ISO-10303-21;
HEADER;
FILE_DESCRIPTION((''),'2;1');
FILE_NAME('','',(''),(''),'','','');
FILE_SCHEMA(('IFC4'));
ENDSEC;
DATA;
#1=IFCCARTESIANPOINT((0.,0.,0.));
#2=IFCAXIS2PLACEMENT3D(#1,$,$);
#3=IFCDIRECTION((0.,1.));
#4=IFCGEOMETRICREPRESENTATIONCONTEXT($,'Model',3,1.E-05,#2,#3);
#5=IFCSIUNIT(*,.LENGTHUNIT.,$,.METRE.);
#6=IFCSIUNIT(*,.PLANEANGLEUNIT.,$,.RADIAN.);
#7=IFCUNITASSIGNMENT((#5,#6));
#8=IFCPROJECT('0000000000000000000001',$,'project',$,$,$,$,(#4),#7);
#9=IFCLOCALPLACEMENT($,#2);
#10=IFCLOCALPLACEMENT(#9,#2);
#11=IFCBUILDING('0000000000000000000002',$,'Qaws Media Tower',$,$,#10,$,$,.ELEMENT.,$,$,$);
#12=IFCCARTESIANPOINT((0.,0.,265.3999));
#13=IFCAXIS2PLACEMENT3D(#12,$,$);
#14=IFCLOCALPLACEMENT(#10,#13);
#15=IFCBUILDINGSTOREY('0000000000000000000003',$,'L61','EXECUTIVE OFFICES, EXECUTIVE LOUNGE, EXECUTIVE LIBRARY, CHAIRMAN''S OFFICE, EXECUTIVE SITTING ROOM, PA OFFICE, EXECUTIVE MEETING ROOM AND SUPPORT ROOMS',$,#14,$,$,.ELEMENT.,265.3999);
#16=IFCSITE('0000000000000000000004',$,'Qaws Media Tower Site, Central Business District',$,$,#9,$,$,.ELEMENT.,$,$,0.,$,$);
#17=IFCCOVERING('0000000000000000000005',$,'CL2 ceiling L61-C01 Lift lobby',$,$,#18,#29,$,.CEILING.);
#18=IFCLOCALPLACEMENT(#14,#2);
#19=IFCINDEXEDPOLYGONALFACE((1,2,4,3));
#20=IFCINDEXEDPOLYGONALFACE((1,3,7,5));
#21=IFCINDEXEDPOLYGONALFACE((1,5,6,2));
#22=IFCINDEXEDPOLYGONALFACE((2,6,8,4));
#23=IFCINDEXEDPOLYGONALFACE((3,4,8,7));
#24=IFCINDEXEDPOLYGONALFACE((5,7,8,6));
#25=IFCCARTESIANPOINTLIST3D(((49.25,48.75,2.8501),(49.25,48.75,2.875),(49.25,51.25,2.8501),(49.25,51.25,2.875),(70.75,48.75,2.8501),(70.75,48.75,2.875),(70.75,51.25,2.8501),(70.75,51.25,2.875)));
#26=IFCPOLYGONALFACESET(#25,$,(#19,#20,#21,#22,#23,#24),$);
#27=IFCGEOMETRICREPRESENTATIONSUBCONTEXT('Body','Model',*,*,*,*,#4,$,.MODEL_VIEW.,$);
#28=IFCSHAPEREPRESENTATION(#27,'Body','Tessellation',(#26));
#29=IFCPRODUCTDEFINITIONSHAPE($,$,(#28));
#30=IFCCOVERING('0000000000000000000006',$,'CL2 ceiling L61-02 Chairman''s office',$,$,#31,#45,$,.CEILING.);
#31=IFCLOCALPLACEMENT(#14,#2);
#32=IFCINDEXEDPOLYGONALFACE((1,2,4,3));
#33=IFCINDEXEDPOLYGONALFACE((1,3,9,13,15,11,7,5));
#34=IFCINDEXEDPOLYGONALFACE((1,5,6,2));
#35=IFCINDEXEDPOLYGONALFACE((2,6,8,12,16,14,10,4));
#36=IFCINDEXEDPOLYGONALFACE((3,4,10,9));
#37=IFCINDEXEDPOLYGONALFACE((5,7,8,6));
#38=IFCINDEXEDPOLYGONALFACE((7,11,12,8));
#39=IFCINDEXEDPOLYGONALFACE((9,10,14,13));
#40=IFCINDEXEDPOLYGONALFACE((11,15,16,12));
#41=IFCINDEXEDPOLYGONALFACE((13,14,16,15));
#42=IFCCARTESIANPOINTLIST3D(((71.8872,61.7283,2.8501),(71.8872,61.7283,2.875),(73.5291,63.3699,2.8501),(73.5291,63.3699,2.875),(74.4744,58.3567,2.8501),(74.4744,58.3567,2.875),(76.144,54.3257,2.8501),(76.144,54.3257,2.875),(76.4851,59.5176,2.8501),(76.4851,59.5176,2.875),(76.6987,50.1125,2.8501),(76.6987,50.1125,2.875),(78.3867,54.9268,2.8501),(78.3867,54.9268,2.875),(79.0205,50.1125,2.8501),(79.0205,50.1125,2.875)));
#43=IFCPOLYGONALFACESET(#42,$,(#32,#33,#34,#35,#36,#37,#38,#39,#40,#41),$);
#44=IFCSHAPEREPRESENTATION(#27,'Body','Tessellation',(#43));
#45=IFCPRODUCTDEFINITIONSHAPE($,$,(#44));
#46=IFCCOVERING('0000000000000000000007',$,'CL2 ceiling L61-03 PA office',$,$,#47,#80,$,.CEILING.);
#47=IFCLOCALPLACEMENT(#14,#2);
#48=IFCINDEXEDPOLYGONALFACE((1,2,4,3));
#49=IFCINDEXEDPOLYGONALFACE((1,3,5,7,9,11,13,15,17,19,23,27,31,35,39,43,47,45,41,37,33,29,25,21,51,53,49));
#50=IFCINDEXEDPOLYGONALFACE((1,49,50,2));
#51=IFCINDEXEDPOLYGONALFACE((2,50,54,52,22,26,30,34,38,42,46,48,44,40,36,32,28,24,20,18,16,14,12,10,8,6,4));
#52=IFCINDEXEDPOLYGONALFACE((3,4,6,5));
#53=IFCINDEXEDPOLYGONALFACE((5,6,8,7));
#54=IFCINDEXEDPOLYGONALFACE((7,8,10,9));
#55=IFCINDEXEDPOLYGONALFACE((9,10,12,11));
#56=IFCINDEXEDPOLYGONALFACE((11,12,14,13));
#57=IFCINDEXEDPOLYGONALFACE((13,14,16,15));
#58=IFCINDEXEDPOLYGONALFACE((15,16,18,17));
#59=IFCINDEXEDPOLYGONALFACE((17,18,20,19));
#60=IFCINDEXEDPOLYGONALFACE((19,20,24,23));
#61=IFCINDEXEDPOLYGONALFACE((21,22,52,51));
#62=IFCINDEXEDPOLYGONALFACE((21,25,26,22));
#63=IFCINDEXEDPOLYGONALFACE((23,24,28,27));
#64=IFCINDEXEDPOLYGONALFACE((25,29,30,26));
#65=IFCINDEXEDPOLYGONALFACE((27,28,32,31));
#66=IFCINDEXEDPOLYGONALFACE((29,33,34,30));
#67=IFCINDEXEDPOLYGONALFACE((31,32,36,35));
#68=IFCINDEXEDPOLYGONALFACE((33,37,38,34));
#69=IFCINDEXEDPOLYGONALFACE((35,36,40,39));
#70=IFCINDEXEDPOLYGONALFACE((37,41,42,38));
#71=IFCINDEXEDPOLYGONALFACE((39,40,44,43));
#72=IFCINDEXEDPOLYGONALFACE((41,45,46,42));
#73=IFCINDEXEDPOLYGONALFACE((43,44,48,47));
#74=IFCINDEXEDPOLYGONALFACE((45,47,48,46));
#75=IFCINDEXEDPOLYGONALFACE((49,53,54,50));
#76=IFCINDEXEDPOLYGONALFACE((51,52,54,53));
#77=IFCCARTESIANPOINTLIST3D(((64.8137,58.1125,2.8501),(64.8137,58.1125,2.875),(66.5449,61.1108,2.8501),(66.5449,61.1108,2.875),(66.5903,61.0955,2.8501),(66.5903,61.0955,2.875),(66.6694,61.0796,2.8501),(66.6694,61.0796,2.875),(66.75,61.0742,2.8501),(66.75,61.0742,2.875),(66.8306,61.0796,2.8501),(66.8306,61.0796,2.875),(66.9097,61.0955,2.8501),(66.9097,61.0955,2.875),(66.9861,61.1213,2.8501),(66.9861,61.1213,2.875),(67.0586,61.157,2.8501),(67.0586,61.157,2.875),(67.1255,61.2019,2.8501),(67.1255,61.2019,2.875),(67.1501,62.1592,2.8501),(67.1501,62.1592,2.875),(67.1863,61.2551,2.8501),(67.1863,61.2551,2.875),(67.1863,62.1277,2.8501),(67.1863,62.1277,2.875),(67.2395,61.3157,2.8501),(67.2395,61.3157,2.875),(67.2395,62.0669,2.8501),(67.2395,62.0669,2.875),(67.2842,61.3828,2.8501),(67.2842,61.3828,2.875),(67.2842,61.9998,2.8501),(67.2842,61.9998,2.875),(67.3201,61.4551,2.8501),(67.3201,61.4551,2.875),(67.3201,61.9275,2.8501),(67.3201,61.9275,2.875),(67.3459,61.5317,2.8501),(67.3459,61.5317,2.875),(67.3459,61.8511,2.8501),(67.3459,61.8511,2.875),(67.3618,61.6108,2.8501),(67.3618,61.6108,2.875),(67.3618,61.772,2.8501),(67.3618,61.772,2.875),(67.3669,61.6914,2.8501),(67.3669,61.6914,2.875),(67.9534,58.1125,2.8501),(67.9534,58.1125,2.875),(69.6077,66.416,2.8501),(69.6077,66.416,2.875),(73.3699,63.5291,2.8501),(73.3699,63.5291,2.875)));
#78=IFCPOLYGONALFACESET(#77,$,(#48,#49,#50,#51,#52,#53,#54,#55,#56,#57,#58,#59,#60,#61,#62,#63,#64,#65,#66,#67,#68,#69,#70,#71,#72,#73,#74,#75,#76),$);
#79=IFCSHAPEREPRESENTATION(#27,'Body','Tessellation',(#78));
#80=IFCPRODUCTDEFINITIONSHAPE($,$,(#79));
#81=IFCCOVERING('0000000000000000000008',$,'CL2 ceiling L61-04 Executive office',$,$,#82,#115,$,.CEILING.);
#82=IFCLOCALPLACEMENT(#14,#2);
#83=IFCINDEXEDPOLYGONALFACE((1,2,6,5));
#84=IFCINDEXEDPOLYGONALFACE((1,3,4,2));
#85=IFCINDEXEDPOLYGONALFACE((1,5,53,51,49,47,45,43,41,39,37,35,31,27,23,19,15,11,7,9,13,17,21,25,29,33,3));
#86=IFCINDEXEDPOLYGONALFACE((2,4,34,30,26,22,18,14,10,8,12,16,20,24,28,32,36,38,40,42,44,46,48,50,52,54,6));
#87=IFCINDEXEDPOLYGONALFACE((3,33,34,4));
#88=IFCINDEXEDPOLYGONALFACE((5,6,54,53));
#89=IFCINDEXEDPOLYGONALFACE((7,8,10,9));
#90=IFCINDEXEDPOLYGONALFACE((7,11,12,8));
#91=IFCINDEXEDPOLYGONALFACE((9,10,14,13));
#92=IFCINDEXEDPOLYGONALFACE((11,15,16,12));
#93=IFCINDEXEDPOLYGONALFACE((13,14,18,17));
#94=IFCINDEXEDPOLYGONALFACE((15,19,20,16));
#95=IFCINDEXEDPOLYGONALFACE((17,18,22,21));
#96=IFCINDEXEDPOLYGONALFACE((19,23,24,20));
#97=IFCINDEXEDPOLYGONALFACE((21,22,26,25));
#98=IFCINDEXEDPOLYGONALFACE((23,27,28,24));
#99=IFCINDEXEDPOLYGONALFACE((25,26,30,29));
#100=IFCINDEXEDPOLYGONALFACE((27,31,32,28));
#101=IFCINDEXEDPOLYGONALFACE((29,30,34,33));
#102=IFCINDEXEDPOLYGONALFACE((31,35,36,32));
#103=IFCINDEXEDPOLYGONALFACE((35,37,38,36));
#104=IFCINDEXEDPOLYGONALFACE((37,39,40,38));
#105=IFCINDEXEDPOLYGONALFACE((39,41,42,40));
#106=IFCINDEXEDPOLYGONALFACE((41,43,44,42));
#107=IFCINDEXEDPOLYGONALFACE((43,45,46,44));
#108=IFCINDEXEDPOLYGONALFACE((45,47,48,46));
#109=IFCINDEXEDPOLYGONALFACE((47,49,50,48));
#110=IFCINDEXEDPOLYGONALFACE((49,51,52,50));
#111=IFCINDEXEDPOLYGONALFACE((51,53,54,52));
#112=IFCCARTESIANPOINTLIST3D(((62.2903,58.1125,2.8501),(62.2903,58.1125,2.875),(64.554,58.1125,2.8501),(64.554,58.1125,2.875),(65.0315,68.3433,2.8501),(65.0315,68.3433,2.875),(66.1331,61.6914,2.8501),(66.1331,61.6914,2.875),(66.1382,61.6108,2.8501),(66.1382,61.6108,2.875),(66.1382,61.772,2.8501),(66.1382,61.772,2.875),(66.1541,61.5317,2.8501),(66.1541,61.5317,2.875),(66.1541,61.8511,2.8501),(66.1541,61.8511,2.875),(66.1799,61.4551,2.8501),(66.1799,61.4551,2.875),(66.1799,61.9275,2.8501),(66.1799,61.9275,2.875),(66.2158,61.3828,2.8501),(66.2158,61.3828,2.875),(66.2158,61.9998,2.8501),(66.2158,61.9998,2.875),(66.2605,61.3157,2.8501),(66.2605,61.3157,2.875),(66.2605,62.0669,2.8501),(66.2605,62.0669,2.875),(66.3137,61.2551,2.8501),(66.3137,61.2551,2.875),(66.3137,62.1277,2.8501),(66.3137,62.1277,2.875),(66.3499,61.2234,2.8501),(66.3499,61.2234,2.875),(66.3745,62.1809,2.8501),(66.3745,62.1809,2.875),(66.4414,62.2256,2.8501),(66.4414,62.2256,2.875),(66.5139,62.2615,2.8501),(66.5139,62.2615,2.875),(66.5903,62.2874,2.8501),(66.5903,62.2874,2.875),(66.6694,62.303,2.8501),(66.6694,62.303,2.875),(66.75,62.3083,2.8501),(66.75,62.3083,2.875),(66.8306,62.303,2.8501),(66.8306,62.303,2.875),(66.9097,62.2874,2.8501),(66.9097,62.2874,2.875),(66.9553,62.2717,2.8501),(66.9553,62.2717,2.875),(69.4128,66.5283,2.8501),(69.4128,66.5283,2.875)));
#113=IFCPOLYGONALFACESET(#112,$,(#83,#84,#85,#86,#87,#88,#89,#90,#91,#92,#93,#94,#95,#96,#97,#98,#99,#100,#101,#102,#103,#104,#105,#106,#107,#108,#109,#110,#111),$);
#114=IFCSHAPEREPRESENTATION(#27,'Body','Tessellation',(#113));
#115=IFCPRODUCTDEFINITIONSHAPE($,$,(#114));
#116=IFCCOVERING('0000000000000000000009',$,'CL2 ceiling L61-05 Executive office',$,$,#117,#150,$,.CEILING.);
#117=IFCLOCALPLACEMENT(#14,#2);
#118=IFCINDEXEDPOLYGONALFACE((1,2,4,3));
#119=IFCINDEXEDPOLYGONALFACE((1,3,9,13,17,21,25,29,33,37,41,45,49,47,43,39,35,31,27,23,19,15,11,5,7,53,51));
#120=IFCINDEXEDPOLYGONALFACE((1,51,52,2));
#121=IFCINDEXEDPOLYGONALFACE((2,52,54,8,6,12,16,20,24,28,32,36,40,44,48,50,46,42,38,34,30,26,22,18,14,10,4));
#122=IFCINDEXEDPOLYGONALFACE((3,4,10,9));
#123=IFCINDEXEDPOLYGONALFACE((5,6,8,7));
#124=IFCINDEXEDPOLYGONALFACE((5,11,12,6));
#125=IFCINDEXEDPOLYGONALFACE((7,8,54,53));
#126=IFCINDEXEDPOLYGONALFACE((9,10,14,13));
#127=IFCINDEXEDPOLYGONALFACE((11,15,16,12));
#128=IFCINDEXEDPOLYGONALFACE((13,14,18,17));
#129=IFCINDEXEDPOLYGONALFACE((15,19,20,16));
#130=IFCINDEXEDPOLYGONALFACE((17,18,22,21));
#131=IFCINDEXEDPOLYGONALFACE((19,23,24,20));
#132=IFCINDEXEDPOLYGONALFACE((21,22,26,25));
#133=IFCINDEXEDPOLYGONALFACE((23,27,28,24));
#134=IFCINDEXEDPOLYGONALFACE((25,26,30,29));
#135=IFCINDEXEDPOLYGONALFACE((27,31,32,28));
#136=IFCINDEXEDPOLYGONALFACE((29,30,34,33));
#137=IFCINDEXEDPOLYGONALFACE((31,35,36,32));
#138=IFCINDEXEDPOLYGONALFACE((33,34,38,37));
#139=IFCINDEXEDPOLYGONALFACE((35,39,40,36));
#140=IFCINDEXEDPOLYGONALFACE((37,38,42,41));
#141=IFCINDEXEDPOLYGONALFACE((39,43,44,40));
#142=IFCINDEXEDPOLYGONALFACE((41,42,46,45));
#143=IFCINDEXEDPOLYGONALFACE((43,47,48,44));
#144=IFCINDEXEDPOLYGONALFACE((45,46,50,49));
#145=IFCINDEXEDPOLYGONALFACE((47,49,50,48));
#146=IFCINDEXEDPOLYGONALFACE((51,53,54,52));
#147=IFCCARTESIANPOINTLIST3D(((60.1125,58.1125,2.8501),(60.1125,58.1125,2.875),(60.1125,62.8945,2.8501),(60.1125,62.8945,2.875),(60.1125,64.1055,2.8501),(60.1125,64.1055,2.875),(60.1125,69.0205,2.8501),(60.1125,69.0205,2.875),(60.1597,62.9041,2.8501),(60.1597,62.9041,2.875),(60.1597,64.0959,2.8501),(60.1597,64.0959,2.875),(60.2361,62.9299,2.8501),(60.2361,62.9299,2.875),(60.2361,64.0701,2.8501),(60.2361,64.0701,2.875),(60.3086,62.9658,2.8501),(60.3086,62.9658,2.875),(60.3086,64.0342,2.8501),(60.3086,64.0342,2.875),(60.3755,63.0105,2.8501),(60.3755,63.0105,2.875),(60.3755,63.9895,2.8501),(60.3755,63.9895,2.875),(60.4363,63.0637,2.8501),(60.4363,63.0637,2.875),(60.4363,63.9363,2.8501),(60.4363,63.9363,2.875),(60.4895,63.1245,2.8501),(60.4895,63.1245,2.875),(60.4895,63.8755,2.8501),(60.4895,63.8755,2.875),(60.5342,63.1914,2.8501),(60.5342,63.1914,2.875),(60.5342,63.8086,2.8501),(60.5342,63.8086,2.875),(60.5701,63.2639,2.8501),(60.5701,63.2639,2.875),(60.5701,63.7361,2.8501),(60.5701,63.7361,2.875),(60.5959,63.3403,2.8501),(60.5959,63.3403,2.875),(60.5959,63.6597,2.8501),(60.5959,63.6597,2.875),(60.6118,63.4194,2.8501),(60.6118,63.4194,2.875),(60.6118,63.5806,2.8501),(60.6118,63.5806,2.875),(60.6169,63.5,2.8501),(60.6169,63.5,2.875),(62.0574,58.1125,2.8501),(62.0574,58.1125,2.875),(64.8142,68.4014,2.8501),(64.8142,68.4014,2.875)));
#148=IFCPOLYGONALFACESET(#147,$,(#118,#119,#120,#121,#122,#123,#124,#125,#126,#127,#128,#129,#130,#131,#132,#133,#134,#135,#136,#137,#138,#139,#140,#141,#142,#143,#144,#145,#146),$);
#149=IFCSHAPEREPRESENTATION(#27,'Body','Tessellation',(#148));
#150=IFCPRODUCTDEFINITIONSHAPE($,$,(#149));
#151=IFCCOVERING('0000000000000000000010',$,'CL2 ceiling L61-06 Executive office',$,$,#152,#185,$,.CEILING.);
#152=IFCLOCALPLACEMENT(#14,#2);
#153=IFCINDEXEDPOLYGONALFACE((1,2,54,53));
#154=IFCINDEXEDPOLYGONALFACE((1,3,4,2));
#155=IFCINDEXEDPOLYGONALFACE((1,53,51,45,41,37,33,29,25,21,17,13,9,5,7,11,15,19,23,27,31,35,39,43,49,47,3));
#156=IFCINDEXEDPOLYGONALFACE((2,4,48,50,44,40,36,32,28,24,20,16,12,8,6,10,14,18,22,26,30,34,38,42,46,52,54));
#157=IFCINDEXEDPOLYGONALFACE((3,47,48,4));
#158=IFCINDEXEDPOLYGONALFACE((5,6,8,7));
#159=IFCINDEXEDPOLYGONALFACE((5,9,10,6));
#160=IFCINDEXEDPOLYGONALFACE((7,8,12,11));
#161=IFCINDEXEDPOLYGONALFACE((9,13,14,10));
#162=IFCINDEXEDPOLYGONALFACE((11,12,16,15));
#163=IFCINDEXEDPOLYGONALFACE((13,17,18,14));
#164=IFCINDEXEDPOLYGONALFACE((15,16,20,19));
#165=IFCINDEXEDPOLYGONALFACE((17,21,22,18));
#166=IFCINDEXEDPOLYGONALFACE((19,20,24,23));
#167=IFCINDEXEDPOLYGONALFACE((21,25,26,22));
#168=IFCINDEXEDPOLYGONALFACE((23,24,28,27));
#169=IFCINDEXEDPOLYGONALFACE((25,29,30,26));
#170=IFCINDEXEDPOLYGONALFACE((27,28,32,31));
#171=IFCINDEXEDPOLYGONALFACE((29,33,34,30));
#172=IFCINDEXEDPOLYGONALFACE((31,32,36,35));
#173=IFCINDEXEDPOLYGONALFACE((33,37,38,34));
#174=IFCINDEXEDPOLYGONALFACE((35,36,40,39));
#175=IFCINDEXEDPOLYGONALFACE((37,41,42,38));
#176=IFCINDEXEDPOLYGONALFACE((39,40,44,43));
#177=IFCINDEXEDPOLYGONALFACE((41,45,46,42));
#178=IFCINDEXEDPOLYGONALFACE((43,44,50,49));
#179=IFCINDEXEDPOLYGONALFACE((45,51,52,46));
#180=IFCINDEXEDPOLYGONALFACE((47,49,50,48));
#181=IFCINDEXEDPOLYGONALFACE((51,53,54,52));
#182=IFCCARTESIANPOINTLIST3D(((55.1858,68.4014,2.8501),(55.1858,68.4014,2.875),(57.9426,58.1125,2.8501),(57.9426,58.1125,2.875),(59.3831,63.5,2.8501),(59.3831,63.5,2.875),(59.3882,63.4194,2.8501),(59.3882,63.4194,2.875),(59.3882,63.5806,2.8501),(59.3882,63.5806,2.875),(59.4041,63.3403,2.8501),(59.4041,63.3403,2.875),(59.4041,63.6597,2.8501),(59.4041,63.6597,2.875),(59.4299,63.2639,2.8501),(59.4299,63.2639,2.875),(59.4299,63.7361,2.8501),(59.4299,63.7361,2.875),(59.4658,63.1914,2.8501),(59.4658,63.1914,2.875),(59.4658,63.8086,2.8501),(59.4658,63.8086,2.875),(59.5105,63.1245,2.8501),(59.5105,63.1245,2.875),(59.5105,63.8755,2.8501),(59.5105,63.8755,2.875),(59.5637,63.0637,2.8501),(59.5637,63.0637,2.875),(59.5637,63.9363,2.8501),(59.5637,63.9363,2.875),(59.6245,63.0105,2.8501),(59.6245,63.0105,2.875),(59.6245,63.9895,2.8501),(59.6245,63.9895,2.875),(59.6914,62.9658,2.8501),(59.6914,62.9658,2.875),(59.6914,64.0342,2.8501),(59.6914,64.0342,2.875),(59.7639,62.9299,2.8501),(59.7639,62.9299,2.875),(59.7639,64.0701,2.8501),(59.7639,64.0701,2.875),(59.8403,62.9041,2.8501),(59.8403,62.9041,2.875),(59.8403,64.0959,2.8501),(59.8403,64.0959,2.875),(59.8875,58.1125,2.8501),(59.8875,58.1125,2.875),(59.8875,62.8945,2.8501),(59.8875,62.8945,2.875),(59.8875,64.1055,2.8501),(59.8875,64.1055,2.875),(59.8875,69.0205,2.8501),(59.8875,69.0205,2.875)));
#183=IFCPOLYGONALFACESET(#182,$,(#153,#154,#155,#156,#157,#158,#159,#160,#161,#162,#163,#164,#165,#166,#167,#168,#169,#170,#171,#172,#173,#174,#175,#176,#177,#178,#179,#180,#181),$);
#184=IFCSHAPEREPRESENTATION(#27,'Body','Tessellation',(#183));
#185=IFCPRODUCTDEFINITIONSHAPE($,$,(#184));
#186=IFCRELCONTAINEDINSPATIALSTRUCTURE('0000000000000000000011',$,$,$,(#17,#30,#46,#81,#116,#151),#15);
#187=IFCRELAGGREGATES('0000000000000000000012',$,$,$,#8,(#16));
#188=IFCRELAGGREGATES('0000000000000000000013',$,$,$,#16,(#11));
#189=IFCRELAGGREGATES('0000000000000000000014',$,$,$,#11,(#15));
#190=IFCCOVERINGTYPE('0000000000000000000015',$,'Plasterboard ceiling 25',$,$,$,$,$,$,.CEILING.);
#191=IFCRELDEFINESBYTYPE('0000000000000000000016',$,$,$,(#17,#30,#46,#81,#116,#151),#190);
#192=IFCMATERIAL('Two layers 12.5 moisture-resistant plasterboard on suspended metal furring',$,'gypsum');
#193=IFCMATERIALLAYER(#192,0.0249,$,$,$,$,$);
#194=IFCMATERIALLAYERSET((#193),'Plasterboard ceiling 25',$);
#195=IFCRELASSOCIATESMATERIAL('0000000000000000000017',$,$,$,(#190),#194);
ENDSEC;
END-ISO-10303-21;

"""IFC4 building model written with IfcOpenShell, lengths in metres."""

from ifc_helpers import new_model, si_unit, direction, frame, origin, place, context, subcontext, project, spatial, polyline, outline, extrude, material, layer, layer_set, type_object, element, save


model = new_model("IFC4")

# Units and contexts
model_context = context("Model", 3, precision=1e-05, world=origin(), true_north=direction((0.0, 1.0)))
body_context = subcontext(model_context, "Body", "Model", "MODEL_VIEW")
ifc_project = project(units=[si_unit("LENGTHUNIT", "METRE"), si_unit("PLANEANGLEUNIT", "RADIAN")], contexts=[model_context])

# Site, building, storey
site_placement = place(None, origin())
site = spatial("IfcSite", under=ifc_project, at=site_placement, Name="Qaws Media Tower Site, Central Business District", CompositionType="ELEMENT", RefElevation=0.0)
building_placement = place(site_placement, origin())
building = spatial("IfcBuilding", under=site, at=building_placement, Name="Qaws Media Tower", CompositionType="ELEMENT")
storey_placement = place(building_placement, frame((0.0, 0.0, 265.3999)))
storey = spatial("IfcBuildingStorey", under=building, at=storey_placement, Name="L61", Description="EXECUTIVE OFFICES, EXECUTIVE LOUNGE, EXECUTIVE LIBRARY, CHAIRMAN'S OFFICE, EXECUTIVE SITTING ROOM, PA OFFICE, EXECUTIVE MEETING ROOM AND SUPPORT ROOMS", CompositionType="ELEMENT", Elevation=265.3999)

# Coverings
ifc_material_1 = material(Name="Two layers 12.5 moisture-resistant plasterboard on suspended metal furring", Category="gypsum")
ifc_layer_1 = layer(ifc_material_1, 0.0249)
ifc_layer_set_1 = layer_set([ifc_layer_1], Name="Plasterboard ceiling 25")
covering_type_1 = type_object("IfcCoveringType", Name="Plasterboard ceiling 25", PredefinedType="CEILING", material=ifc_layer_set_1)
covering_1_placement = place(storey_placement, frame((0.0, 0.0, 2.8501)))
element("IfcCovering", 1, at=covering_1_placement, inside=storey, type_object=covering_type_1, Name="CL2 ceiling L61-C01 Lift lobby", PredefinedType="CEILING", context=body_context, shape_type="SweptSolid", body=[
    extrude(outline(polyline([(49.25, 48.75), (49.25, 51.25), (70.75, 51.25), (70.75, 48.75), (49.25, 48.75)])), origin(), (0.0, 0.0, 1.0), 0.0249),
])
covering_2_placement = place(storey_placement, frame((0.0, 0.0, 2.8501)))
element("IfcCovering", 2, at=covering_2_placement, inside=storey, type_object=covering_type_1, Name="CL2 ceiling L61-02 Chairman's office", PredefinedType="CEILING", context=body_context, shape_type="SweptSolid", body=[
    extrude(outline(polyline([(76.4851, 59.5176), (78.3867, 54.9268), (79.0205, 50.1125), (76.6987, 50.1125), (76.144, 54.3257), (74.4744, 58.3567), (71.8872, 61.7283), (73.5291, 63.3699), (76.4851, 59.5176)])), origin(), (0.0, 0.0, 1.0), 0.0249),
])
covering_3_placement = place(storey_placement, frame((0.0, 0.0, 2.8501)))
element("IfcCovering", 3, at=covering_3_placement, inside=storey, type_object=covering_type_1, Name="CL2 ceiling L61-03 PA office", PredefinedType="CEILING", context=body_context, shape_type="SweptSolid", body=[
    extrude(outline(polyline([(73.3699, 63.5291), (67.9534, 58.1125), (64.8137, 58.1125), (66.5449, 61.1108), (66.5903, 61.0955), (66.6694, 61.0796), (66.75, 61.0742), (66.8306, 61.0796), (66.9097, 61.0955), (66.9861, 61.1213), (67.0586, 61.157), (67.1255, 61.2019), (67.1863, 61.2551), (67.2395, 61.3157), (67.2842, 61.3828), (67.3201, 61.4551), (67.3459, 61.5317), (67.3618, 61.6108), (67.3669, 61.6914), (67.3618, 61.772), (67.3459, 61.8511), (67.3201, 61.9275), (67.2842, 61.9998), (67.2395, 62.0669), (67.1863, 62.1277), (67.1501, 62.1592), (69.6077, 66.416), (73.3699, 63.5291)])), origin(), (0.0, 0.0, 1.0), 0.0249),
])
covering_4_placement = place(storey_placement, frame((0.0, 0.0, 2.8501)))
element("IfcCovering", 4, at=covering_4_placement, inside=storey, type_object=covering_type_1, Name="CL2 ceiling L61-04 Executive office", PredefinedType="CEILING", context=body_context, shape_type="SweptSolid", body=[
    extrude(outline(polyline([(69.4128, 66.5283), (66.9553, 62.2717), (66.9097, 62.2874), (66.8306, 62.303), (66.75, 62.3083), (66.6694, 62.303), (66.5903, 62.2874), (66.5139, 62.2615), (66.4414, 62.2256), (66.3745, 62.1809), (66.3137, 62.1277), (66.2605, 62.0669), (66.2158, 61.9998), (66.1799, 61.9275), (66.1541, 61.8511), (66.1382, 61.772), (66.1331, 61.6914), (66.1382, 61.6108), (66.1541, 61.5317), (66.1799, 61.4551), (66.2158, 61.3828), (66.2605, 61.3157), (66.3137, 61.2551), (66.3499, 61.2234), (64.554, 58.1125), (62.2903, 58.1125), (65.0315, 68.3433), (69.4128, 66.5283)])), origin(), (0.0, 0.0, 1.0), 0.0249),
])
covering_5_placement = place(storey_placement, frame((0.0, 0.0, 2.8501)))
element("IfcCovering", 5, at=covering_5_placement, inside=storey, type_object=covering_type_1, Name="CL2 ceiling L61-05 Executive office", PredefinedType="CEILING", context=body_context, shape_type="SweptSolid", body=[
    extrude(outline(polyline([(64.8142, 68.4014), (62.0574, 58.1125), (60.1125, 58.1125), (60.1125, 62.8945), (60.1597, 62.9041), (60.2361, 62.9299), (60.3086, 62.9658), (60.3755, 63.0105), (60.4363, 63.0637), (60.4895, 63.1245), (60.5342, 63.1914), (60.5701, 63.2639), (60.5959, 63.3403), (60.6118, 63.4194), (60.6169, 63.5), (60.6118, 63.5806), (60.5959, 63.6597), (60.5701, 63.7361), (60.5342, 63.8086), (60.4895, 63.8755), (60.4363, 63.9363), (60.3755, 63.9895), (60.3086, 64.0342), (60.2361, 64.0701), (60.1597, 64.0959), (60.1125, 64.1055), (60.1125, 69.0205), (64.8142, 68.4014)])), origin(), (0.0, 0.0, 1.0), 0.0249),
])
covering_6_placement = place(storey_placement, frame((0.0, 0.0, 2.8501)))
element("IfcCovering", 6, at=covering_6_placement, inside=storey, type_object=covering_type_1, Name="CL2 ceiling L61-06 Executive office", PredefinedType="CEILING", context=body_context, shape_type="SweptSolid", body=[
    extrude(outline(polyline([(59.8875, 69.0205), (59.8875, 64.1055), (59.8403, 64.0959), (59.7639, 64.0701), (59.6914, 64.0342), (59.6245, 63.9895), (59.5637, 63.9363), (59.5105, 63.8755), (59.4658, 63.8086), (59.4299, 63.7361), (59.4041, 63.6597), (59.3882, 63.5806), (59.3831, 63.5), (59.3882, 63.4194), (59.4041, 63.3403), (59.4299, 63.2639), (59.4658, 63.1914), (59.5105, 63.1245), (59.5637, 63.0637), (59.6245, 63.0105), (59.6914, 62.9658), (59.7639, 62.9299), (59.8403, 62.9041), (59.8875, 62.8945), (59.8875, 58.1125), (57.9426, 58.1125), (55.1858, 68.4014), (59.8875, 69.0205)])), origin(), (0.0, 0.0, 1.0), 0.0249),
])

save(model, "model.ifc")
